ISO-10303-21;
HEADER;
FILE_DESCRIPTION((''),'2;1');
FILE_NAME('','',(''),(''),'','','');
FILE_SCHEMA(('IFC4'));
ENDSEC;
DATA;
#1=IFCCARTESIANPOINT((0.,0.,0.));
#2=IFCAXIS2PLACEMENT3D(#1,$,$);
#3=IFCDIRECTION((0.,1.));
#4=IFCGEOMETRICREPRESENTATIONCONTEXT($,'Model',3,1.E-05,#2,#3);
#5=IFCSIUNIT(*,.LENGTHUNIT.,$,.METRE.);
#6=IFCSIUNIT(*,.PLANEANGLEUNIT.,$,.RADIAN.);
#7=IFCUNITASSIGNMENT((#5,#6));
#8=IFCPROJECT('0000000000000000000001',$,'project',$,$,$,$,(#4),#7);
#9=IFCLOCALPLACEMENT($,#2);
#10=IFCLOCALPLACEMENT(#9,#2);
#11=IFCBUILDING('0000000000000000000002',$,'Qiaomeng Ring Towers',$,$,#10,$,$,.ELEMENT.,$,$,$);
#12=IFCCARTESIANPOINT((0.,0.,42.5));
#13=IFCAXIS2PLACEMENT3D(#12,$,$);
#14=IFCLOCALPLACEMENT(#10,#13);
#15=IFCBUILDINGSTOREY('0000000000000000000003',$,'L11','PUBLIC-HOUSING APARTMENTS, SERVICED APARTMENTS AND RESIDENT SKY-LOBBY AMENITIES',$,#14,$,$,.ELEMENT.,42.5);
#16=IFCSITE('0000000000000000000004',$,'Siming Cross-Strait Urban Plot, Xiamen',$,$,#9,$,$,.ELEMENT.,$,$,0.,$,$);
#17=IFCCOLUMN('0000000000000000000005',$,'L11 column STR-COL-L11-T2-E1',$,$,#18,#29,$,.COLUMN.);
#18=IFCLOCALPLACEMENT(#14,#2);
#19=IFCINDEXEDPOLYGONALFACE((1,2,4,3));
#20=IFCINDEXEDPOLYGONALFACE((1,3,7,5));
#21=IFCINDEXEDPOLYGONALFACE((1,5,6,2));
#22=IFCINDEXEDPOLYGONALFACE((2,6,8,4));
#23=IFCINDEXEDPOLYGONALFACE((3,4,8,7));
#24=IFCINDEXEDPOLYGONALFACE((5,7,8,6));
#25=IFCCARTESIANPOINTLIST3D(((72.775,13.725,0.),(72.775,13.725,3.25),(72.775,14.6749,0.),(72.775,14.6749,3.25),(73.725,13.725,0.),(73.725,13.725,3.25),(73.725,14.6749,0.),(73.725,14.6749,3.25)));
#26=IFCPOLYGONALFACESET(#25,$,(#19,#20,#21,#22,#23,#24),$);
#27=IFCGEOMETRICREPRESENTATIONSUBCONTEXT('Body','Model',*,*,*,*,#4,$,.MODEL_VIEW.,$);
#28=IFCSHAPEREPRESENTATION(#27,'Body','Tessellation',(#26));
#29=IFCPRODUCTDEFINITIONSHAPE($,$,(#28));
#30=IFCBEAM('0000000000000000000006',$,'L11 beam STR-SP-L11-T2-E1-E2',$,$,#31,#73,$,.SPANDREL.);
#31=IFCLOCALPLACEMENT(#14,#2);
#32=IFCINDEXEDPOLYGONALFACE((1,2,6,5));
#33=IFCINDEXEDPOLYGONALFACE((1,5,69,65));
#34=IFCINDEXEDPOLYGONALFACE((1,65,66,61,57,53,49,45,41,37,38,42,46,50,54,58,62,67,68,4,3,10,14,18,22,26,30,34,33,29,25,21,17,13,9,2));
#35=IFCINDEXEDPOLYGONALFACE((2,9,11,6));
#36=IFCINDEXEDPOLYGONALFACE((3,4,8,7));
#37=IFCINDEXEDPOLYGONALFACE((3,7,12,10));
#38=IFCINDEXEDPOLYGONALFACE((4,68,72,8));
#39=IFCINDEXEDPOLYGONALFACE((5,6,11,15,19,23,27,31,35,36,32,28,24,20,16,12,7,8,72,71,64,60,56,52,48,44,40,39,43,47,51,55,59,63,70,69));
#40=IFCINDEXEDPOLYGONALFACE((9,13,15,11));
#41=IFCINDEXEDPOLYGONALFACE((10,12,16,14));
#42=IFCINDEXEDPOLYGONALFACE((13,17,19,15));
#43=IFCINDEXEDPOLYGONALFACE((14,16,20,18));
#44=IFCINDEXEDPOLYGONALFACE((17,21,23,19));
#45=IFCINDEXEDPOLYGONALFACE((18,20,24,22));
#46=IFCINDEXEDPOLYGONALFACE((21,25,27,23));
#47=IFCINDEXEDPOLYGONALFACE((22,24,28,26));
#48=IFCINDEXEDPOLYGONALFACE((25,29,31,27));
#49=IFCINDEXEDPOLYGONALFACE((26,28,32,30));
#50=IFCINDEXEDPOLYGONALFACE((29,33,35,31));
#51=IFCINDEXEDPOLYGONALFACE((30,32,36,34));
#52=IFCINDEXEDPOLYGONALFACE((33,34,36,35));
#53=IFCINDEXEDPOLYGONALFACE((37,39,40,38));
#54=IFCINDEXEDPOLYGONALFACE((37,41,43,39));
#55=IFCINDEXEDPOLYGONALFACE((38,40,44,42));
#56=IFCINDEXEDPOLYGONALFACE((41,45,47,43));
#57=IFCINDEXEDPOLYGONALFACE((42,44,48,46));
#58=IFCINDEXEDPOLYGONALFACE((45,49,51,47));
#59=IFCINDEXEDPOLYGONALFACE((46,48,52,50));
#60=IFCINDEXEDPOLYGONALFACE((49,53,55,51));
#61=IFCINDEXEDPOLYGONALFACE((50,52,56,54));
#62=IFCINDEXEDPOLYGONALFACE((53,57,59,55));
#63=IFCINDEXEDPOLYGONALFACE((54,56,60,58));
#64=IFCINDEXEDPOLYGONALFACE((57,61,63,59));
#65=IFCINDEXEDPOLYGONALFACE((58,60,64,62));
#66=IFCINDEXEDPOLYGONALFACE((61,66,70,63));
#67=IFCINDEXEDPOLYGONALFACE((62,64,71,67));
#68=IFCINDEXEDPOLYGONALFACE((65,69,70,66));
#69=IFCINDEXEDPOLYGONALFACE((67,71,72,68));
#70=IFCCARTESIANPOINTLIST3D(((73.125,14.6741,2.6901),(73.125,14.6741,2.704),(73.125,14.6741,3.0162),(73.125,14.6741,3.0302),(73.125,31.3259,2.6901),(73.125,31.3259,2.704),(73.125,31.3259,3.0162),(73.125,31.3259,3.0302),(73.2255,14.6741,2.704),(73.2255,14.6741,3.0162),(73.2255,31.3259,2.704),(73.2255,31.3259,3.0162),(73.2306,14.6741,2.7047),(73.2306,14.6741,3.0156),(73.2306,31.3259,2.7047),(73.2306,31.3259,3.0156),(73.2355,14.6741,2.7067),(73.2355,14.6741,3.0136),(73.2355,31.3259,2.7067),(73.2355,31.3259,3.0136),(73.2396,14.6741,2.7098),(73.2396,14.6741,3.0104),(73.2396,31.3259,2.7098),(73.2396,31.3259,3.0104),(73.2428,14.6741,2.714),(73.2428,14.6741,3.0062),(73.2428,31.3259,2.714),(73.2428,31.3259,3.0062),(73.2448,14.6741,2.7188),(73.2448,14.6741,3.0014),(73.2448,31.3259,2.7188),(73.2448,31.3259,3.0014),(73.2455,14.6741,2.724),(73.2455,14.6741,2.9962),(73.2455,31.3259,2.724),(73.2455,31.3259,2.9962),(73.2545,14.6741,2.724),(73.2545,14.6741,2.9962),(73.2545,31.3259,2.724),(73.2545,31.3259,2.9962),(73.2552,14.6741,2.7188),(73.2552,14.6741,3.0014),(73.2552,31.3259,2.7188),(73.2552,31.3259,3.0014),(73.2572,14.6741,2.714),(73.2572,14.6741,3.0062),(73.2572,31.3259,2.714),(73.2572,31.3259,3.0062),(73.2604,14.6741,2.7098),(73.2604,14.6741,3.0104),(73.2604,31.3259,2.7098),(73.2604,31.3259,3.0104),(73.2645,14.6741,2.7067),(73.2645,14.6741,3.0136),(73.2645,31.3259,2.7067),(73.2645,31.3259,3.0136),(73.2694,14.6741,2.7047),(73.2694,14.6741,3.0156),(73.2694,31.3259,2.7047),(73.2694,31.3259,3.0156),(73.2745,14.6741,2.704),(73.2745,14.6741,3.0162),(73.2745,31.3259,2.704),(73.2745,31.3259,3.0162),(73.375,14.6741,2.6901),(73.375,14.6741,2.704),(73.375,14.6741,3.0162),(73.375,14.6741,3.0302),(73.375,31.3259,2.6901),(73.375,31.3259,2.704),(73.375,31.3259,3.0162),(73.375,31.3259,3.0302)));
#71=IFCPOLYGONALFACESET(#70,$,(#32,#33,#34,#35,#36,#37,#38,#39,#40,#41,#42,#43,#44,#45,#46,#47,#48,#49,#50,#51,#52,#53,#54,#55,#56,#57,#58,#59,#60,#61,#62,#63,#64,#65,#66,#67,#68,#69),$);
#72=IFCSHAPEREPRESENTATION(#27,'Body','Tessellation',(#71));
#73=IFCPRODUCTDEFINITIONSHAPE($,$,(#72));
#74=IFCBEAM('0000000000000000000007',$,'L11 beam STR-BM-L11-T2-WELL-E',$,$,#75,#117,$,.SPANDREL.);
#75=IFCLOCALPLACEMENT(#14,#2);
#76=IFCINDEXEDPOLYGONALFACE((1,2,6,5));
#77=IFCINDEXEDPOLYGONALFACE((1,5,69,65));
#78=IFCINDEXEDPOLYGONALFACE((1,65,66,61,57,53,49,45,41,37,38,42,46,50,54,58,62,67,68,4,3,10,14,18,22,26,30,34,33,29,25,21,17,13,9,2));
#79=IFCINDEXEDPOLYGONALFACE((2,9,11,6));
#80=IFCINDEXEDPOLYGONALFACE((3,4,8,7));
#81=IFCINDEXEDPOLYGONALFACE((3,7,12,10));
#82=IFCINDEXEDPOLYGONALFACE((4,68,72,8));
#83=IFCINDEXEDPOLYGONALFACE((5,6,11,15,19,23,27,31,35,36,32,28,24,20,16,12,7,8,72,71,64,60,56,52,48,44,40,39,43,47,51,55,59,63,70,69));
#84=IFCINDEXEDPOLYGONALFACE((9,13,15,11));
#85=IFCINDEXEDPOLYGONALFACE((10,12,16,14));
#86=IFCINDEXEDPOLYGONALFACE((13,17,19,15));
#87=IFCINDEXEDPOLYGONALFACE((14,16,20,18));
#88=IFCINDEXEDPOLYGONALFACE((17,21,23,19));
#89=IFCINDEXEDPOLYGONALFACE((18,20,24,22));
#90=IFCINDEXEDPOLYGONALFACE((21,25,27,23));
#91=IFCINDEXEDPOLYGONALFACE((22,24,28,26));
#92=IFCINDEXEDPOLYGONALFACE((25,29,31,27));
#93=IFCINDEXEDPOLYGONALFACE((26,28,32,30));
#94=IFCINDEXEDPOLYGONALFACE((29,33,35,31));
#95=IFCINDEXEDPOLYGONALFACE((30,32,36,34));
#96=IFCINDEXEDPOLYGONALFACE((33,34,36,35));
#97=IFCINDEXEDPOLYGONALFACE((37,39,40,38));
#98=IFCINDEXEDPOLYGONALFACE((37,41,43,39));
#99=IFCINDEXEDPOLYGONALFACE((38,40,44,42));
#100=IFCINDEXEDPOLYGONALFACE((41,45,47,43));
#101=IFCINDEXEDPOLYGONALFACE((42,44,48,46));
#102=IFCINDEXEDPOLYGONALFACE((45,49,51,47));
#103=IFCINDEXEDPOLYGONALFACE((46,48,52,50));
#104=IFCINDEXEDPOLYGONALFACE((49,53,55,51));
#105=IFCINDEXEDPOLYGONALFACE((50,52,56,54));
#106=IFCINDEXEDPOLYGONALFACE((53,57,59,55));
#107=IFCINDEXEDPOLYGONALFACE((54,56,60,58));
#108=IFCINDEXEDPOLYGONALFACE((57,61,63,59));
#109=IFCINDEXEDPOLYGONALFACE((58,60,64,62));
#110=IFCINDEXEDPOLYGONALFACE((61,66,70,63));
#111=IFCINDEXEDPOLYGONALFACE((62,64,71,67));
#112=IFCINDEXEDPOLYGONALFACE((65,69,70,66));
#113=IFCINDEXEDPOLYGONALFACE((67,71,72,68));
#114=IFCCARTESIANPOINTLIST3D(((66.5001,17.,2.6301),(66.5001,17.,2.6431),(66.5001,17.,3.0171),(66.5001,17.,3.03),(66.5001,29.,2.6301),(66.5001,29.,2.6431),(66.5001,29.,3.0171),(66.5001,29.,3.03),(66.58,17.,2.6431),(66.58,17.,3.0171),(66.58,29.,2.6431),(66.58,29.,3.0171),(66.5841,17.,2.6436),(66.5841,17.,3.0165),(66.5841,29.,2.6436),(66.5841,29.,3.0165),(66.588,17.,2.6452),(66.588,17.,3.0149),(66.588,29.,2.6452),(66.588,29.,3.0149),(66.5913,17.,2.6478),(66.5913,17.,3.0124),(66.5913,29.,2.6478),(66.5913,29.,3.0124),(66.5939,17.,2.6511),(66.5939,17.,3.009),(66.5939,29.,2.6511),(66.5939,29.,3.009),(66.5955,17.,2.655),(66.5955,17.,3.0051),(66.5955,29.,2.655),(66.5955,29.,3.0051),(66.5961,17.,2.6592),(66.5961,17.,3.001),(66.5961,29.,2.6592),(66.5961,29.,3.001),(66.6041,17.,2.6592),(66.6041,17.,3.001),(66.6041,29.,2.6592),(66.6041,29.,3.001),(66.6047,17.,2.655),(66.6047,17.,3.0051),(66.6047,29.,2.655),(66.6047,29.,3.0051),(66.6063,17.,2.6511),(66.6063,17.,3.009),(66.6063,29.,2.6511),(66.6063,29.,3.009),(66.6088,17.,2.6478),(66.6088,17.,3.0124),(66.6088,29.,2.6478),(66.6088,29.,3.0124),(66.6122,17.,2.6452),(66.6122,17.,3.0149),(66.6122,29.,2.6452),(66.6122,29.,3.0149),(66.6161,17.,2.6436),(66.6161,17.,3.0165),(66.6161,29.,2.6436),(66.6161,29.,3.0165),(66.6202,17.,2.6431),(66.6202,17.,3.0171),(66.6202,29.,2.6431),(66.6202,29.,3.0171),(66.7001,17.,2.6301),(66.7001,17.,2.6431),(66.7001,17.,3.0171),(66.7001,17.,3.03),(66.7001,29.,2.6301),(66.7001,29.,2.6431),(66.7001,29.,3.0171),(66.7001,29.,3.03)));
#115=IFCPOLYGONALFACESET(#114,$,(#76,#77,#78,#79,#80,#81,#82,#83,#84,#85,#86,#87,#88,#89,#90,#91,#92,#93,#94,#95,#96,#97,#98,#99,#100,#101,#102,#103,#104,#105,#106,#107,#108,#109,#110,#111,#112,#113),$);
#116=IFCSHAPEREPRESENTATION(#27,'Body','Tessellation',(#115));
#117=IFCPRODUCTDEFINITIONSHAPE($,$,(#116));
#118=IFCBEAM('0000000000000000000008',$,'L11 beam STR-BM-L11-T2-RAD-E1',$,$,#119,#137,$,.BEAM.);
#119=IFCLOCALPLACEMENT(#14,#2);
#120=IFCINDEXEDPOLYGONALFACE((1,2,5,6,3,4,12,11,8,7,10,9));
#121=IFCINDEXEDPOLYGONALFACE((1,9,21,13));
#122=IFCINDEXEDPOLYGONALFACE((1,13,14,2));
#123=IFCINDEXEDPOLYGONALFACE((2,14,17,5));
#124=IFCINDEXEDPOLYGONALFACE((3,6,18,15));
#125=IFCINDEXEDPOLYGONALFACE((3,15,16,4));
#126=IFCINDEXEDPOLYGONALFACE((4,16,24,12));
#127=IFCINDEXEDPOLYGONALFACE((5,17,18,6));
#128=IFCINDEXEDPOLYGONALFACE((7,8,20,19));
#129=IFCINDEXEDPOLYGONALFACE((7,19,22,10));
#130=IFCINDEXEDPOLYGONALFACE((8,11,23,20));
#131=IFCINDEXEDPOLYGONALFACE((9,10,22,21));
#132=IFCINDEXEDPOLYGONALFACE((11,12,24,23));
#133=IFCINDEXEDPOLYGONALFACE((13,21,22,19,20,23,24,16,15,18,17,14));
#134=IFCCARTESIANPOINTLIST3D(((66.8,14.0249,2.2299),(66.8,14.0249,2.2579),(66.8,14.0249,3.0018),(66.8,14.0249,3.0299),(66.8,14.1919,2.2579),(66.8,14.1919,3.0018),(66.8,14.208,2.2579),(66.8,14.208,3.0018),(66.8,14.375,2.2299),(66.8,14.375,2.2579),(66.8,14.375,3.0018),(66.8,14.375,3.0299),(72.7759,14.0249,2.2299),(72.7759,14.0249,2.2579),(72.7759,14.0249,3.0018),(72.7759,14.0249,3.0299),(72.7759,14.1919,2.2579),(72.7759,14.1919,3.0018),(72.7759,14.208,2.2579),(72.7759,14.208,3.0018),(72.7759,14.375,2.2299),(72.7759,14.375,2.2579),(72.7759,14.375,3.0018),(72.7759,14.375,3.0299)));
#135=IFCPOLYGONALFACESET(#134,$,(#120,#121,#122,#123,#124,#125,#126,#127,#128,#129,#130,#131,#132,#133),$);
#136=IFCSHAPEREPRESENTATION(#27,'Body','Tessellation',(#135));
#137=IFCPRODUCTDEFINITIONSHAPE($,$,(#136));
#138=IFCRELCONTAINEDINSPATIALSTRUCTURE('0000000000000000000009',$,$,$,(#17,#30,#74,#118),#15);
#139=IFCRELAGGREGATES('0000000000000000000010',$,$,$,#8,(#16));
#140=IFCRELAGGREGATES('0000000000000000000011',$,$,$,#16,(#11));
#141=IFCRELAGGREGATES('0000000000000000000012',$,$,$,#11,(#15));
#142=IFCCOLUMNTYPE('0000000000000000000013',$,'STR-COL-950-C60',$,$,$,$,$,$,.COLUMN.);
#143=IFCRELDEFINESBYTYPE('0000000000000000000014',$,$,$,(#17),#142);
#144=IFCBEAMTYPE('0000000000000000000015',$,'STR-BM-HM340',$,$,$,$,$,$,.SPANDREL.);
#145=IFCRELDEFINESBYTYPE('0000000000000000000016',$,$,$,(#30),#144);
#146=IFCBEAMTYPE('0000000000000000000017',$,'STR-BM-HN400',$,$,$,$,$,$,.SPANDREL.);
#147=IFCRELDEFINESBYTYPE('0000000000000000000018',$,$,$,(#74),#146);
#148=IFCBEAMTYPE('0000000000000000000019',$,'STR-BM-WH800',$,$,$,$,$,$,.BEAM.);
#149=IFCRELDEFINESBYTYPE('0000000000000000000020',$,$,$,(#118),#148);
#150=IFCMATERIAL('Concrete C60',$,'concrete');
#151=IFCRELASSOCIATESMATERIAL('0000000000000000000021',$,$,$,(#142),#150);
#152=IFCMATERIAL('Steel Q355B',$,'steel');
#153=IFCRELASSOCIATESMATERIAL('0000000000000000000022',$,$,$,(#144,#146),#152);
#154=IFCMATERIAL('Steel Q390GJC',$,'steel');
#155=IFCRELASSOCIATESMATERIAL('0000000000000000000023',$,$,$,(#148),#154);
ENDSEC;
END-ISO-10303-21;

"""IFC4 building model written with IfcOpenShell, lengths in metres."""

from ifc_helpers import new_model, si_unit, direction, frame, origin, origin_2d, place, context, subcontext, project, spatial, rectangle, i_section, extrude, source, transform, mapped, material, material_profile, profile_set, type_object, element, save


model = new_model("IFC4")

# Units and contexts
model_context = context("Model", 3, precision=1e-05, world=origin(), true_north=direction((0.0, 1.0)))
body_context = subcontext(model_context, "Body", "Model", "MODEL_VIEW")
ifc_project = project(units=[si_unit("LENGTHUNIT", "METRE"), si_unit("PLANEANGLEUNIT", "RADIAN")], contexts=[model_context])

# Site, building, storey
site_placement = place(None, origin())
site = spatial("IfcSite", under=ifc_project, at=site_placement, Name="Siming Cross-Strait Urban Plot, Xiamen", CompositionType="ELEMENT", RefElevation=0.0)
building_placement = place(site_placement, origin())
building = spatial("IfcBuilding", under=site, at=building_placement, Name="Qiaomeng Ring Towers", CompositionType="ELEMENT")
storey_placement = place(building_placement, frame((0.0, 0.0, 42.5)))
storey = spatial("IfcBuildingStorey", under=building, at=storey_placement, Name="L11", Description="PUBLIC-HOUSING APARTMENTS, SERVICED APARTMENTS AND RESIDENT SKY-LOBBY AMENITIES", CompositionType="ELEMENT", Elevation=42.5)

# Column
ifc_material_1 = material(Name="Concrete C60", Category="concrete")
ifc_material_profile_1 = material_profile(ifc_material_1, rectangle(XDim=0.95, YDim=0.95, at=origin_2d()), Name="RC COL 950x950")
ifc_profile_set_1 = profile_set([ifc_material_profile_1], Name="Concrete C60")
column_type = type_object("IfcColumnType", Name="STR-COL-950-C60", PredefinedType="COLUMN", material=ifc_profile_set_1)
shared_shape_1 = source(origin(), body_context, "Body", "SweptSolid", [
    extrude(rectangle(XDim=0.95, YDim=0.95, at=origin_2d()), origin(), (0.0, 0.0, 1.0), 3.25),
])
column_placement = place(storey_placement, frame((73.25, 14.2, 0.0), z_axis=(0.0, 0.0, 1.0), x_axis=(1.0, 0.0, 0.0)))
element("IfcColumn", 1, at=column_placement, inside=storey, type_object=column_type, Name="L11 column STR-COL-L11-T2-E1", PredefinedType="COLUMN", context=body_context, shape_type="MappedRepresentation", body=[
    mapped(shared_shape_1, transform((0.0, 0.0, 0.0), x_axis=(1.0, 0.0, 0.0), y_axis=(0.0, 1.0, 0.0), z_axis=(0.0, 0.0, 1.0), scale=1.0)),
])

# Beams
ifc_material_2 = material(Name="Steel Q355B", Category="steel")
ifc_material_profile_2 = material_profile(ifc_material_2, i_section(OverallWidth=0.25, OverallDepth=0.3401, WebThickness=0.009, FlangeThickness=0.0139, FilletRadius=0.02, at=origin_2d()), Name="HM 340x250x9x14")
ifc_profile_set_2 = profile_set([ifc_material_profile_2], Name="Steel Q355B")
beam_type_1 = type_object("IfcBeamType", Name="STR-BM-HM340", PredefinedType="SPANDREL", material=ifc_profile_set_2)
shared_shape_2 = source(origin(), body_context, "Body", "SweptSolid", [
    extrude(i_section(OverallWidth=0.25, OverallDepth=0.3401, WebThickness=0.009, FlangeThickness=0.0139, FilletRadius=0.02, at=origin_2d()), origin(), (0.0, 0.0, 1.0), 16.6519),
])
beam_1_placement = place(storey_placement, frame((73.25, 14.6741, 2.8601), z_axis=(0.0, 1.0, 0.0), x_axis=(-1.0, 0.0, 0.0)))
element("IfcBeam", 2, at=beam_1_placement, inside=storey, type_object=beam_type_1, Name="L11 beam STR-SP-L11-T2-E1-E2", PredefinedType="SPANDREL", context=body_context, shape_type="MappedRepresentation", body=[
    mapped(shared_shape_2, transform((0.0, 0.0, 0.0), x_axis=(1.0, 0.0, 0.0), y_axis=(0.0, 1.0, 0.0), z_axis=(0.0, 0.0, 1.0), scale=1.0)),
])
ifc_material_profile_3 = material_profile(ifc_material_2, i_section(OverallWidth=0.2, OverallDepth=0.3999, WebThickness=0.0081, FlangeThickness=0.0129, FilletRadius=0.0161, at=origin_2d()), Name="HN 400x200x8x13")
ifc_profile_set_3 = profile_set([ifc_material_profile_3], Name="Steel Q355B")
beam_type_2 = type_object("IfcBeamType", Name="STR-BM-HN400", PredefinedType="SPANDREL", material=ifc_profile_set_3)
shared_shape_3 = source(origin(), body_context, "Body", "SweptSolid", [
    extrude(i_section(OverallWidth=0.2, OverallDepth=0.3999, WebThickness=0.0081, FlangeThickness=0.0129, FilletRadius=0.0161, at=origin_2d()), origin(), (0.0, 0.0, 1.0), 12.0),
])
beam_2_placement = place(storey_placement, frame((66.6001, 17.0, 2.8301), z_axis=(0.0, 1.0, 0.0), x_axis=(-1.0, 0.0, 0.0)))
element("IfcBeam", 3, at=beam_2_placement, inside=storey, type_object=beam_type_2, Name="L11 beam STR-BM-L11-T2-WELL-E", PredefinedType="SPANDREL", context=body_context, shape_type="MappedRepresentation", body=[
    mapped(shared_shape_3, transform((0.0, 0.0, 0.0), x_axis=(1.0, 0.0, 0.0), y_axis=(0.0, 1.0, 0.0), z_axis=(0.0, 0.0, 1.0), scale=1.0)),
])
ifc_material_3 = material(Name="Steel Q390GJC", Category="steel")
ifc_material_profile_4 = material_profile(ifc_material_3, i_section(OverallWidth=0.3501, OverallDepth=0.8, WebThickness=0.0161, FlangeThickness=0.0281, at=origin_2d()), Name="WH 800x350x16x28")
ifc_profile_set_4 = profile_set([ifc_material_profile_4], Name="Steel Q390GJC")
beam_type_3 = type_object("IfcBeamType", Name="STR-BM-WH800", PredefinedType="BEAM", material=ifc_profile_set_4)
shared_shape_4 = source(origin(), body_context, "Body", "SweptSolid", [
    extrude(i_section(OverallWidth=0.3501, OverallDepth=0.8, WebThickness=0.0161, FlangeThickness=0.0281, at=origin_2d()), origin(), (0.0, 0.0, 1.0), 5.9758),
])
beam_3_placement = place(storey_placement, frame((66.8, 14.2, 2.6299), z_axis=(1.0, 0.0, 0.0), x_axis=(0.0, 1.0, 0.0)))
element("IfcBeam", 4, at=beam_3_placement, inside=storey, type_object=beam_type_3, Name="L11 beam STR-BM-L11-T2-RAD-E1", PredefinedType="BEAM", context=body_context, shape_type="MappedRepresentation", body=[
    mapped(shared_shape_4, transform((0.0, 0.0, 0.0), x_axis=(1.0, 0.0, 0.0), y_axis=(0.0, 1.0, 0.0), z_axis=(0.0, 0.0, 1.0), scale=1.0)),
])

save(model, "model.ifc")
